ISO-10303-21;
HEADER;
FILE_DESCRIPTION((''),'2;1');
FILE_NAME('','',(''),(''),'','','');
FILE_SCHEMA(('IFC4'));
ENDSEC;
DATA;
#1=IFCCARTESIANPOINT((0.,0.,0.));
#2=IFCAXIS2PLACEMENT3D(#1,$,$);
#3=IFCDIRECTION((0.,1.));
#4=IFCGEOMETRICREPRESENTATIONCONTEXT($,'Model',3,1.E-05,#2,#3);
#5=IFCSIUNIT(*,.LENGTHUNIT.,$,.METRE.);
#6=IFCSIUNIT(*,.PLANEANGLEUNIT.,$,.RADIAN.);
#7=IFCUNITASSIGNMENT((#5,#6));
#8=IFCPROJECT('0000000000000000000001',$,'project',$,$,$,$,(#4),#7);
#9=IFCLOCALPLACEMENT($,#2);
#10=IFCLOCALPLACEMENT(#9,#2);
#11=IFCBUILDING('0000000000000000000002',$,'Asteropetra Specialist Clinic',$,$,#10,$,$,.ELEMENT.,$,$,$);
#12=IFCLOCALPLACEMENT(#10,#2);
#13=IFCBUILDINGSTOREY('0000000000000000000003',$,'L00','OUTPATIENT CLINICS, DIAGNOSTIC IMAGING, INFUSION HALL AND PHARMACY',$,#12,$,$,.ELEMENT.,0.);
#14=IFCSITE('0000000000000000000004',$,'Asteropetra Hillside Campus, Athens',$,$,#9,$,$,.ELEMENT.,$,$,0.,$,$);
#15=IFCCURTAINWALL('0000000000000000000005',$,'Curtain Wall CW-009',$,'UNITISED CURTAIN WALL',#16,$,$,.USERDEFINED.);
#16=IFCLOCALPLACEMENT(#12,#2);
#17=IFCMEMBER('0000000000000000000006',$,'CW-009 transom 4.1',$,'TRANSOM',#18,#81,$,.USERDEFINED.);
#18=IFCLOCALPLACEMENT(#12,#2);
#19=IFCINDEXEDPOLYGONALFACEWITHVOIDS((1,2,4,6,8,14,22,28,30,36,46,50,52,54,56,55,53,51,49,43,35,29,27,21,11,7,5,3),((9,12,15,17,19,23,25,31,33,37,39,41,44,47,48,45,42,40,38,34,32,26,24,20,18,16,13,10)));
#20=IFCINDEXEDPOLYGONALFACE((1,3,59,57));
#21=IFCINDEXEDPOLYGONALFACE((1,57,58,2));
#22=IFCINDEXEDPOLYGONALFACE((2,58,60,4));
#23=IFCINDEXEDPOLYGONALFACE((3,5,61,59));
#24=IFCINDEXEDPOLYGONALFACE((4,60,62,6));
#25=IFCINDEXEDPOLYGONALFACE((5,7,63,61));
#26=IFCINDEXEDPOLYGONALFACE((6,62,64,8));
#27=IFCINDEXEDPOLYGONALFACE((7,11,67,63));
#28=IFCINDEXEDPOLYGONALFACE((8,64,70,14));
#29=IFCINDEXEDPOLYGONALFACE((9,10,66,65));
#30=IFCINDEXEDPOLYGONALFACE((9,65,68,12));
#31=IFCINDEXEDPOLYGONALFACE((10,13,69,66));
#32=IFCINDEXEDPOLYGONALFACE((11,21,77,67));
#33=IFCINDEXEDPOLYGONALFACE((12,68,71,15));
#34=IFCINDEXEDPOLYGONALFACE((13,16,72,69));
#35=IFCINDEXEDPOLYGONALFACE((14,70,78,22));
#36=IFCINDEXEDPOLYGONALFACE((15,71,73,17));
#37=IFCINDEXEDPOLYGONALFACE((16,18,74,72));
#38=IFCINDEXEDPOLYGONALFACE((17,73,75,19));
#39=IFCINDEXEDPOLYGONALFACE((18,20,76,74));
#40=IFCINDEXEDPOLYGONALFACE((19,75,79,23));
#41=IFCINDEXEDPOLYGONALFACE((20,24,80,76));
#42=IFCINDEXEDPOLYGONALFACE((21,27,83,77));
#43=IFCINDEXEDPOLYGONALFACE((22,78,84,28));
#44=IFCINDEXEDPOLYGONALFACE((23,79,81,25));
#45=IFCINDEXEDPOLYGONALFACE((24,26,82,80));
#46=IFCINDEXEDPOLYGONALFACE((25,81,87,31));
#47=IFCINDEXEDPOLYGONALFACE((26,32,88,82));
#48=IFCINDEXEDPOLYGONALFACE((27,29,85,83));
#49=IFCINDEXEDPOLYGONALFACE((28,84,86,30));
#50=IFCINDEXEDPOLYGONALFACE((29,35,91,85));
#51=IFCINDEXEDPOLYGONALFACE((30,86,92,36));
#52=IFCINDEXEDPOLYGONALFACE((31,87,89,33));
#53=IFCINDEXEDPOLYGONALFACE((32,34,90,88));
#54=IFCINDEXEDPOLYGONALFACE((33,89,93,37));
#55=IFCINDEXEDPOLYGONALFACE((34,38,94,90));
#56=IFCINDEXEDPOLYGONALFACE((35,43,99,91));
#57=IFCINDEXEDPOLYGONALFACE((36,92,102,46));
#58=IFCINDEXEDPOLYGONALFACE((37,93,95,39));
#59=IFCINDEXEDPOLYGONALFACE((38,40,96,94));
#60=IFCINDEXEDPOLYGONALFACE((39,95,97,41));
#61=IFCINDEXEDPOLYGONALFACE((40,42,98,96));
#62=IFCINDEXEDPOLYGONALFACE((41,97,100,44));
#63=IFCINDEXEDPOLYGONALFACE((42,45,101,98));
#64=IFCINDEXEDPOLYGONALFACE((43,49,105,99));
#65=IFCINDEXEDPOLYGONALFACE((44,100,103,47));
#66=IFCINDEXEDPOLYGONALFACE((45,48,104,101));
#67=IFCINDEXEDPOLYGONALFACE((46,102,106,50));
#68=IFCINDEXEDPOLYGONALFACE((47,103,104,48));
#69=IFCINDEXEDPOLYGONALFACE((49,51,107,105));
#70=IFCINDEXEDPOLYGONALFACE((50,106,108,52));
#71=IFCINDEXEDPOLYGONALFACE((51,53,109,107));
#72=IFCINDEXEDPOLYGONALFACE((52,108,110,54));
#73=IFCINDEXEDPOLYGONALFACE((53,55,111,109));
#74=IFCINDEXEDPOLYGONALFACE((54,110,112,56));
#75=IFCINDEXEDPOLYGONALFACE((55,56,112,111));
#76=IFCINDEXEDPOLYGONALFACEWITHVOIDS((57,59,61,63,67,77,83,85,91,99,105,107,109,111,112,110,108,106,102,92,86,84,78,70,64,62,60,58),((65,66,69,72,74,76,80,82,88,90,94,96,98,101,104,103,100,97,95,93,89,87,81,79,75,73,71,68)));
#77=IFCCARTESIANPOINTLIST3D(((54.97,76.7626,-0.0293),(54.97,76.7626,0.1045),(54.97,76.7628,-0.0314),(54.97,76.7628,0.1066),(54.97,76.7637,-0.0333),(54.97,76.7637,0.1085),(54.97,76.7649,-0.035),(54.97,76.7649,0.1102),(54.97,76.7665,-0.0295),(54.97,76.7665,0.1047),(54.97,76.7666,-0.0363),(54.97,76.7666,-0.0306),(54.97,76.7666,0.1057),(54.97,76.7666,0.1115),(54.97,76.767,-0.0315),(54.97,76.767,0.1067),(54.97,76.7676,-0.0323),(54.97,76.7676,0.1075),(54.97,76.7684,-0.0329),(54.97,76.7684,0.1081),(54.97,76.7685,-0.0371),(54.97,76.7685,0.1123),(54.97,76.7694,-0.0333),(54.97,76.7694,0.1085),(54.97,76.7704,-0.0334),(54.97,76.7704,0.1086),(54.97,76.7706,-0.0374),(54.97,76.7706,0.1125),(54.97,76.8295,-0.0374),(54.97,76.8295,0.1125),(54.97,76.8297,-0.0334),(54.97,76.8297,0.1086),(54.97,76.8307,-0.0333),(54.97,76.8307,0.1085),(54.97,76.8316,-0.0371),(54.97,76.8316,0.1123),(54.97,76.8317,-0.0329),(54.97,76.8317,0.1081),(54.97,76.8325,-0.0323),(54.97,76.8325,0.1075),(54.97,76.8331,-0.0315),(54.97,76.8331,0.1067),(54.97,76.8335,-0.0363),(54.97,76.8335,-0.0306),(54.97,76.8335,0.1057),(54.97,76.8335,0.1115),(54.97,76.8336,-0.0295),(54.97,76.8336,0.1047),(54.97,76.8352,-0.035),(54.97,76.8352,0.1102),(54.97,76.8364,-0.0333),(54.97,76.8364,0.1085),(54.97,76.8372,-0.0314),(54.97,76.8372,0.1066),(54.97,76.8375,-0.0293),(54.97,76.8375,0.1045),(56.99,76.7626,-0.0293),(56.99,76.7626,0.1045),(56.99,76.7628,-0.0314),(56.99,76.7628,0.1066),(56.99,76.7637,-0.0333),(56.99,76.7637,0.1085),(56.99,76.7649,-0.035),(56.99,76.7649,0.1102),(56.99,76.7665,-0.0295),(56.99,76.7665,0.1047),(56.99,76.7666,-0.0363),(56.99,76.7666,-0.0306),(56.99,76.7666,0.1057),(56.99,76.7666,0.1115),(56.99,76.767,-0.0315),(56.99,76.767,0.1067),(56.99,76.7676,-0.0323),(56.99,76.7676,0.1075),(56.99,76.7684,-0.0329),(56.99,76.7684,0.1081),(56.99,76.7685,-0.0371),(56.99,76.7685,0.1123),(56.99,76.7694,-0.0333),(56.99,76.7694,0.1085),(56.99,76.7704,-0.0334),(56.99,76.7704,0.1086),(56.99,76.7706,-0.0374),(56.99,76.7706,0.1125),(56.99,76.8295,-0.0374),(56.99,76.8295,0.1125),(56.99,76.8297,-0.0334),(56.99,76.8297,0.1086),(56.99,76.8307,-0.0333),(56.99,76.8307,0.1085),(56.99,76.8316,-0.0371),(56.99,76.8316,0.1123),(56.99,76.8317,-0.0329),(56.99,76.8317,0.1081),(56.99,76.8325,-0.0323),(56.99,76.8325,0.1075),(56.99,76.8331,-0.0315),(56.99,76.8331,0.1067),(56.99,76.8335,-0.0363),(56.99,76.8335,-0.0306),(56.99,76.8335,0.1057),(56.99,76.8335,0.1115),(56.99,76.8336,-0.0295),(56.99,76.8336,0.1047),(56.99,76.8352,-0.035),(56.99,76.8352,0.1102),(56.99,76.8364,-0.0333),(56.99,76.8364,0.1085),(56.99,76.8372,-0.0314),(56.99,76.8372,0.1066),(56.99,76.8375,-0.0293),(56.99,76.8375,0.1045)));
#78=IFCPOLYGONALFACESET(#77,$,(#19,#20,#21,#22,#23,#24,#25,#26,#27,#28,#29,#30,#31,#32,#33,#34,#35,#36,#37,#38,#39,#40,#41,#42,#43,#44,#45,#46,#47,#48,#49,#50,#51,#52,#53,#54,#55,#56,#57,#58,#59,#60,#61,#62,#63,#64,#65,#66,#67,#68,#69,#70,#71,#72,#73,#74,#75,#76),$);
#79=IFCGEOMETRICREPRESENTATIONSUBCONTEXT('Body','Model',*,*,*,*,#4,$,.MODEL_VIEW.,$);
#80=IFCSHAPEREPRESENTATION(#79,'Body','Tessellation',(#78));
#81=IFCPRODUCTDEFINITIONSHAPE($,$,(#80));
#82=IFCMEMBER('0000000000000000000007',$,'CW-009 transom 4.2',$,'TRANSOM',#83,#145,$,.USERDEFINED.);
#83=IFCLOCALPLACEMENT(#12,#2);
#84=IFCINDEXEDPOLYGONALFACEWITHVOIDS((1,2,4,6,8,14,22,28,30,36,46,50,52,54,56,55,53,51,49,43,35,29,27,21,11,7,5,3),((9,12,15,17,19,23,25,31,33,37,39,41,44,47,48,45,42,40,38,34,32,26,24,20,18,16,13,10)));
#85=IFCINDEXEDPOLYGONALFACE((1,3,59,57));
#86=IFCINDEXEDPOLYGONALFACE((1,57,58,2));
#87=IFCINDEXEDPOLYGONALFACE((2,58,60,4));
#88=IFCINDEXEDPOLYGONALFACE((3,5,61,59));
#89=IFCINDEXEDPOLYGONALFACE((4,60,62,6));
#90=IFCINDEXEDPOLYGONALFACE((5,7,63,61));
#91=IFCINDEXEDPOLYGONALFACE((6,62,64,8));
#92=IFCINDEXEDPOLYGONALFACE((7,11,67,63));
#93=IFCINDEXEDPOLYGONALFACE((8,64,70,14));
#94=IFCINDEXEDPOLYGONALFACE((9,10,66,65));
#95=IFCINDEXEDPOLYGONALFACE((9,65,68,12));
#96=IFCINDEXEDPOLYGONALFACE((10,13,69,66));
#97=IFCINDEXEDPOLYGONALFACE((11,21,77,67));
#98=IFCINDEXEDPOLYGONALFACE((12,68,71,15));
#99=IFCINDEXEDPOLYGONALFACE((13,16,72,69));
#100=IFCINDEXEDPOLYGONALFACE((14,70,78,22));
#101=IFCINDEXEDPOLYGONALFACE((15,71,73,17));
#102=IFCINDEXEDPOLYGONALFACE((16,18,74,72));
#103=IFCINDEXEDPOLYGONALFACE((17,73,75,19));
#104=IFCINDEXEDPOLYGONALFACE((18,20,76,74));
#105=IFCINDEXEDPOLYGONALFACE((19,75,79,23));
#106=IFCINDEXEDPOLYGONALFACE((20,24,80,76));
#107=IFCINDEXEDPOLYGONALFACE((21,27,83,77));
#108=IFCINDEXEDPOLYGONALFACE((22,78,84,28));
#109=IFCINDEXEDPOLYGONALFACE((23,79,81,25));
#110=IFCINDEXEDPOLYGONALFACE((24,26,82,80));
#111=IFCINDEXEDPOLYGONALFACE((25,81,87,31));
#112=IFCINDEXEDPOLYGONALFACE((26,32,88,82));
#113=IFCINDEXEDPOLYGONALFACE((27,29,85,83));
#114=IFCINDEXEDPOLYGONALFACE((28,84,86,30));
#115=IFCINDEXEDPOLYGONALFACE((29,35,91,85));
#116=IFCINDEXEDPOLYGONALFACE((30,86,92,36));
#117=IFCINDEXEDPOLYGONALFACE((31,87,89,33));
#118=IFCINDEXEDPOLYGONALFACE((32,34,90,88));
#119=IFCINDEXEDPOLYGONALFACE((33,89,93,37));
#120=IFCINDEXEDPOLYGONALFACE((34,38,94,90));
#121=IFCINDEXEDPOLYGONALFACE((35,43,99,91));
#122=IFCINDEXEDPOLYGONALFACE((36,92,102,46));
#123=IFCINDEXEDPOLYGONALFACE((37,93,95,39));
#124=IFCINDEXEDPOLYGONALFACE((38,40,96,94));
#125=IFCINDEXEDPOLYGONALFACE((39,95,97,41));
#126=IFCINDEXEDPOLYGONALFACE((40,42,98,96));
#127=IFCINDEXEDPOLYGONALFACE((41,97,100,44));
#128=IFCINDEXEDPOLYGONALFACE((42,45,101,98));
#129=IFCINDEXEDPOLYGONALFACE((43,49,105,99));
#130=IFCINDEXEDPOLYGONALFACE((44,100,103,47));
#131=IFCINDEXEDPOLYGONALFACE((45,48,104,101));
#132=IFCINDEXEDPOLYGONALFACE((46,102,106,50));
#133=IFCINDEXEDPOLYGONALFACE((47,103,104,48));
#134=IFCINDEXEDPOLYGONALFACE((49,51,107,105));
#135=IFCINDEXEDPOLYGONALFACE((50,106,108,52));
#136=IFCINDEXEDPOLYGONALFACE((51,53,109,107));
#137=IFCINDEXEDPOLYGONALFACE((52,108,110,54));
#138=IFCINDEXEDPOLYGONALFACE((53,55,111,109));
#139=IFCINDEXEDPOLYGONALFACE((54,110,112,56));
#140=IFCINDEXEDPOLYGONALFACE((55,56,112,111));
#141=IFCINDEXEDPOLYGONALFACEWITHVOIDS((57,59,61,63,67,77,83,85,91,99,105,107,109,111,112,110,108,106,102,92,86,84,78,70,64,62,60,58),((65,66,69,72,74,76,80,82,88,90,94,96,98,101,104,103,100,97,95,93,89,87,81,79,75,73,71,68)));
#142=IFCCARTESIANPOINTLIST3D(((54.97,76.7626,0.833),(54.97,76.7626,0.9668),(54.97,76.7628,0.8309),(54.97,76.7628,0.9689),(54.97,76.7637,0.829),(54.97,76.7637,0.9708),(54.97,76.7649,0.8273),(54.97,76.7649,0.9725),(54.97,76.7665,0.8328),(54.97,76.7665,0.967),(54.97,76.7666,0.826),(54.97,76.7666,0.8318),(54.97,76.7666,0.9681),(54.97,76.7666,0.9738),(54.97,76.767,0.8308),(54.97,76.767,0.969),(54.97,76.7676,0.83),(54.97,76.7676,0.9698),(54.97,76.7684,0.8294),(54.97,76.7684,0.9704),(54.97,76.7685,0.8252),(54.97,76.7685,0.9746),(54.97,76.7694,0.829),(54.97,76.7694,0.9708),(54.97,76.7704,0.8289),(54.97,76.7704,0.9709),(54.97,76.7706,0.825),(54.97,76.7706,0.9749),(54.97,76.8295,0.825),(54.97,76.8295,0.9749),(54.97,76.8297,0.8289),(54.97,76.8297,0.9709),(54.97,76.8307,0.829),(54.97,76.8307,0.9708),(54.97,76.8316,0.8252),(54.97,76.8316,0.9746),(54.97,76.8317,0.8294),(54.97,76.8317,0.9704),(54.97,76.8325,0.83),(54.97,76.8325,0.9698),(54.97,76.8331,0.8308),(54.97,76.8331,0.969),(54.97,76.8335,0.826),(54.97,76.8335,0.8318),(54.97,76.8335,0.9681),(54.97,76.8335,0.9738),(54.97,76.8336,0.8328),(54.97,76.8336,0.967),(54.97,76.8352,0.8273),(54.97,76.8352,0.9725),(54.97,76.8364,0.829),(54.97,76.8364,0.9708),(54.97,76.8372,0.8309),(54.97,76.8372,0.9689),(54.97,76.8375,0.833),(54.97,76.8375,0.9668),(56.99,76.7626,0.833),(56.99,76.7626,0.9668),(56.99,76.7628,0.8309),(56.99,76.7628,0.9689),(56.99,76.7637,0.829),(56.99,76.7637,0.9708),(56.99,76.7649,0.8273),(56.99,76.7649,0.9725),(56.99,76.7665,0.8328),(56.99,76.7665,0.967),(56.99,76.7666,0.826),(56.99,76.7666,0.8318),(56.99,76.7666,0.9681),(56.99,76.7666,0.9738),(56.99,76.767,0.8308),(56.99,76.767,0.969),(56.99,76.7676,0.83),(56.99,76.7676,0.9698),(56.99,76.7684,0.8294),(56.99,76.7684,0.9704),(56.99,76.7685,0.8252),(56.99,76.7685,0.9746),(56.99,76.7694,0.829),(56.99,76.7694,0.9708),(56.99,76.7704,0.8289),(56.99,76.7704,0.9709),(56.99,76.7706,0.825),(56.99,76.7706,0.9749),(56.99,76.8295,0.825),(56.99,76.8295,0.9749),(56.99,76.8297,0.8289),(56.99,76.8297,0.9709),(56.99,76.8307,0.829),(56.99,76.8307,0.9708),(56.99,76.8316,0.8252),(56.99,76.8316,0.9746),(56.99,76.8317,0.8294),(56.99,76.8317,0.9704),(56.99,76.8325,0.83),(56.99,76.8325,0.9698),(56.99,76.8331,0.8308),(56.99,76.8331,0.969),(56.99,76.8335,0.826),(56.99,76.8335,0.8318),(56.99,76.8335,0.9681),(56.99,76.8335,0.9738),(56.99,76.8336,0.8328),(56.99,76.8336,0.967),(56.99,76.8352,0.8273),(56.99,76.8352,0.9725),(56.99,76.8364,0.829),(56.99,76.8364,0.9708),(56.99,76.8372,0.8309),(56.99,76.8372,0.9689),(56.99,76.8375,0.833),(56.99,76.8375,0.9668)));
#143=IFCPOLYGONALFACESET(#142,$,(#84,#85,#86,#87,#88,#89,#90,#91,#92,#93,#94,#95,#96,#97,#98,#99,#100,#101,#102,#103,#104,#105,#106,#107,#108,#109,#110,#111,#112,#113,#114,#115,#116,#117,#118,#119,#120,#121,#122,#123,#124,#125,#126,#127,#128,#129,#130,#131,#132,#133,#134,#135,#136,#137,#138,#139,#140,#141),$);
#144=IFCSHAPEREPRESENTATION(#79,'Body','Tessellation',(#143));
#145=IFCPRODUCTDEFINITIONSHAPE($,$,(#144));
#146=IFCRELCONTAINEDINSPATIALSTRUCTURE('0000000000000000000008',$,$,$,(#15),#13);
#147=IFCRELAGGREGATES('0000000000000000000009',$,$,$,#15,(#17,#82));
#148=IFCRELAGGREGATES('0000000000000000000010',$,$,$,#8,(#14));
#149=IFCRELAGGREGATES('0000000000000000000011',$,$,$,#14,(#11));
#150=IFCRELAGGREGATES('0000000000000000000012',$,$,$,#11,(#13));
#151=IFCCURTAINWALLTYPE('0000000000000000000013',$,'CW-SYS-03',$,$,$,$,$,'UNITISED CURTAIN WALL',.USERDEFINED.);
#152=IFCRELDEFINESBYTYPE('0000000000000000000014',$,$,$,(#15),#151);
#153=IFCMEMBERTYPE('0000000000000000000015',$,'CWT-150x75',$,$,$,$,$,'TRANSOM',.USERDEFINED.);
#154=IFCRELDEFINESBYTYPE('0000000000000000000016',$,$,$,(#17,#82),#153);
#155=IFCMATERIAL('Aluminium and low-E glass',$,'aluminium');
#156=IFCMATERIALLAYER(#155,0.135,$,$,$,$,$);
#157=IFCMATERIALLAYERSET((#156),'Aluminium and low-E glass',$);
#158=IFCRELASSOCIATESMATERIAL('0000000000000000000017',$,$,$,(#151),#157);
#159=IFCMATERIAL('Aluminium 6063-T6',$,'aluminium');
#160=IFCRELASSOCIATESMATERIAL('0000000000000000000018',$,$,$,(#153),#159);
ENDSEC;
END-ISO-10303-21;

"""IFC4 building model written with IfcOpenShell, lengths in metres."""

from ifc_helpers import new_model, si_unit, direction, frame, origin, origin_2d, place, context, subcontext, project, spatial, hollow_rectangle, extrude, material, layer, layer_set, material_profile, profile_set, type_object, element, aggregate, save


model = new_model("IFC4")

# Units and contexts
model_context = context("Model", 3, precision=1e-05, world=origin(), true_north=direction((0.0, 1.0)))
body_context = subcontext(model_context, "Body", "Model", "MODEL_VIEW")
ifc_project = project(units=[si_unit("LENGTHUNIT", "METRE"), si_unit("PLANEANGLEUNIT", "RADIAN")], contexts=[model_context])

# Site, building, storey
site_placement = place(None, origin())
site = spatial("IfcSite", under=ifc_project, at=site_placement, Name="Asteropetra Hillside Campus, Athens", CompositionType="ELEMENT", RefElevation=0.0)
building_placement = place(site_placement, origin())
building = spatial("IfcBuilding", under=site, at=building_placement, Name="Asteropetra Specialist Clinic", CompositionType="ELEMENT")
storey_placement = place(building_placement, origin())
storey = spatial("IfcBuildingStorey", under=building, at=storey_placement, Name="L00", Description="OUTPATIENT CLINICS, DIAGNOSTIC IMAGING, INFUSION HALL AND PHARMACY", CompositionType="ELEMENT", Elevation=0.0)

# Curtain wall
ifc_material_1 = material(Name="Aluminium and low-E glass", Category="aluminium")
ifc_layer_1 = layer(ifc_material_1, 0.135)
ifc_layer_set_1 = layer_set([ifc_layer_1], Name="Aluminium and low-E glass")
curtain_wall_type_1 = type_object("IfcCurtainWallType", Name="CW-SYS-03", ElementType="UNITISED CURTAIN WALL", PredefinedType="USERDEFINED", material=ifc_layer_set_1)
curtain_wall_1_placement = place(storey_placement, origin())
curtain_wall_1 = element("IfcCurtainWall", 1, at=curtain_wall_1_placement, inside=storey, type_object=curtain_wall_type_1, Name="Curtain Wall CW-009", ObjectType="UNITISED CURTAIN WALL", PredefinedType="USERDEFINED")

# Members
ifc_material_2 = material(Name="Aluminium 6063-T6", Category="aluminium")
ifc_material_profile_1 = material_profile(ifc_material_2, hollow_rectangle(XDim=0.075, YDim=0.1499, WallThickness=0.0039, InnerFilletRadius=0.0039, OuterFilletRadius=0.0081, at=origin_2d()), Name="TRN 150x75x4.0")
ifc_profile_set_1 = profile_set([ifc_material_profile_1], Name="Aluminium 6063-T6")
member_type_1 = type_object("IfcMemberType", Name="CWT-150x75", ElementType="TRANSOM", PredefinedType="USERDEFINED", material=ifc_profile_set_1)
member_1_placement = place(storey_placement, frame((54.97, 76.8, 0.0376), z_axis=(1.0, 0.0, 0.0), x_axis=(0.0, 1.0, 0.0)))
member_1 = element("IfcMember", 2, at=member_1_placement, type_object=member_type_1, Name="CW-009 transom 4.1", ObjectType="TRANSOM", PredefinedType="USERDEFINED", context=body_context, shape_type="SweptSolid", body=[
    extrude(hollow_rectangle(XDim=0.075, YDim=0.1499, WallThickness=0.0039, InnerFilletRadius=0.0039, OuterFilletRadius=0.0081, at=origin_2d()), origin(), (0.0, 0.0, 1.0), 2.02),
])
member_2_placement = place(storey_placement, frame((54.97, 76.8, 0.8999), z_axis=(1.0, 0.0, 0.0), x_axis=(0.0, 1.0, 0.0)))
member_2 = element("IfcMember", 3, at=member_2_placement, type_object=member_type_1, Name="CW-009 transom 4.2", ObjectType="TRANSOM", PredefinedType="USERDEFINED", context=body_context, shape_type="SweptSolid", body=[
    extrude(hollow_rectangle(XDim=0.075, YDim=0.1499, WallThickness=0.0039, InnerFilletRadius=0.0039, OuterFilletRadius=0.0081, at=origin_2d()), origin(), (0.0, 0.0, 1.0), 2.02),
])

aggregate(curtain_wall_1, [member_1, member_2])

save(model, "model.ifc")
